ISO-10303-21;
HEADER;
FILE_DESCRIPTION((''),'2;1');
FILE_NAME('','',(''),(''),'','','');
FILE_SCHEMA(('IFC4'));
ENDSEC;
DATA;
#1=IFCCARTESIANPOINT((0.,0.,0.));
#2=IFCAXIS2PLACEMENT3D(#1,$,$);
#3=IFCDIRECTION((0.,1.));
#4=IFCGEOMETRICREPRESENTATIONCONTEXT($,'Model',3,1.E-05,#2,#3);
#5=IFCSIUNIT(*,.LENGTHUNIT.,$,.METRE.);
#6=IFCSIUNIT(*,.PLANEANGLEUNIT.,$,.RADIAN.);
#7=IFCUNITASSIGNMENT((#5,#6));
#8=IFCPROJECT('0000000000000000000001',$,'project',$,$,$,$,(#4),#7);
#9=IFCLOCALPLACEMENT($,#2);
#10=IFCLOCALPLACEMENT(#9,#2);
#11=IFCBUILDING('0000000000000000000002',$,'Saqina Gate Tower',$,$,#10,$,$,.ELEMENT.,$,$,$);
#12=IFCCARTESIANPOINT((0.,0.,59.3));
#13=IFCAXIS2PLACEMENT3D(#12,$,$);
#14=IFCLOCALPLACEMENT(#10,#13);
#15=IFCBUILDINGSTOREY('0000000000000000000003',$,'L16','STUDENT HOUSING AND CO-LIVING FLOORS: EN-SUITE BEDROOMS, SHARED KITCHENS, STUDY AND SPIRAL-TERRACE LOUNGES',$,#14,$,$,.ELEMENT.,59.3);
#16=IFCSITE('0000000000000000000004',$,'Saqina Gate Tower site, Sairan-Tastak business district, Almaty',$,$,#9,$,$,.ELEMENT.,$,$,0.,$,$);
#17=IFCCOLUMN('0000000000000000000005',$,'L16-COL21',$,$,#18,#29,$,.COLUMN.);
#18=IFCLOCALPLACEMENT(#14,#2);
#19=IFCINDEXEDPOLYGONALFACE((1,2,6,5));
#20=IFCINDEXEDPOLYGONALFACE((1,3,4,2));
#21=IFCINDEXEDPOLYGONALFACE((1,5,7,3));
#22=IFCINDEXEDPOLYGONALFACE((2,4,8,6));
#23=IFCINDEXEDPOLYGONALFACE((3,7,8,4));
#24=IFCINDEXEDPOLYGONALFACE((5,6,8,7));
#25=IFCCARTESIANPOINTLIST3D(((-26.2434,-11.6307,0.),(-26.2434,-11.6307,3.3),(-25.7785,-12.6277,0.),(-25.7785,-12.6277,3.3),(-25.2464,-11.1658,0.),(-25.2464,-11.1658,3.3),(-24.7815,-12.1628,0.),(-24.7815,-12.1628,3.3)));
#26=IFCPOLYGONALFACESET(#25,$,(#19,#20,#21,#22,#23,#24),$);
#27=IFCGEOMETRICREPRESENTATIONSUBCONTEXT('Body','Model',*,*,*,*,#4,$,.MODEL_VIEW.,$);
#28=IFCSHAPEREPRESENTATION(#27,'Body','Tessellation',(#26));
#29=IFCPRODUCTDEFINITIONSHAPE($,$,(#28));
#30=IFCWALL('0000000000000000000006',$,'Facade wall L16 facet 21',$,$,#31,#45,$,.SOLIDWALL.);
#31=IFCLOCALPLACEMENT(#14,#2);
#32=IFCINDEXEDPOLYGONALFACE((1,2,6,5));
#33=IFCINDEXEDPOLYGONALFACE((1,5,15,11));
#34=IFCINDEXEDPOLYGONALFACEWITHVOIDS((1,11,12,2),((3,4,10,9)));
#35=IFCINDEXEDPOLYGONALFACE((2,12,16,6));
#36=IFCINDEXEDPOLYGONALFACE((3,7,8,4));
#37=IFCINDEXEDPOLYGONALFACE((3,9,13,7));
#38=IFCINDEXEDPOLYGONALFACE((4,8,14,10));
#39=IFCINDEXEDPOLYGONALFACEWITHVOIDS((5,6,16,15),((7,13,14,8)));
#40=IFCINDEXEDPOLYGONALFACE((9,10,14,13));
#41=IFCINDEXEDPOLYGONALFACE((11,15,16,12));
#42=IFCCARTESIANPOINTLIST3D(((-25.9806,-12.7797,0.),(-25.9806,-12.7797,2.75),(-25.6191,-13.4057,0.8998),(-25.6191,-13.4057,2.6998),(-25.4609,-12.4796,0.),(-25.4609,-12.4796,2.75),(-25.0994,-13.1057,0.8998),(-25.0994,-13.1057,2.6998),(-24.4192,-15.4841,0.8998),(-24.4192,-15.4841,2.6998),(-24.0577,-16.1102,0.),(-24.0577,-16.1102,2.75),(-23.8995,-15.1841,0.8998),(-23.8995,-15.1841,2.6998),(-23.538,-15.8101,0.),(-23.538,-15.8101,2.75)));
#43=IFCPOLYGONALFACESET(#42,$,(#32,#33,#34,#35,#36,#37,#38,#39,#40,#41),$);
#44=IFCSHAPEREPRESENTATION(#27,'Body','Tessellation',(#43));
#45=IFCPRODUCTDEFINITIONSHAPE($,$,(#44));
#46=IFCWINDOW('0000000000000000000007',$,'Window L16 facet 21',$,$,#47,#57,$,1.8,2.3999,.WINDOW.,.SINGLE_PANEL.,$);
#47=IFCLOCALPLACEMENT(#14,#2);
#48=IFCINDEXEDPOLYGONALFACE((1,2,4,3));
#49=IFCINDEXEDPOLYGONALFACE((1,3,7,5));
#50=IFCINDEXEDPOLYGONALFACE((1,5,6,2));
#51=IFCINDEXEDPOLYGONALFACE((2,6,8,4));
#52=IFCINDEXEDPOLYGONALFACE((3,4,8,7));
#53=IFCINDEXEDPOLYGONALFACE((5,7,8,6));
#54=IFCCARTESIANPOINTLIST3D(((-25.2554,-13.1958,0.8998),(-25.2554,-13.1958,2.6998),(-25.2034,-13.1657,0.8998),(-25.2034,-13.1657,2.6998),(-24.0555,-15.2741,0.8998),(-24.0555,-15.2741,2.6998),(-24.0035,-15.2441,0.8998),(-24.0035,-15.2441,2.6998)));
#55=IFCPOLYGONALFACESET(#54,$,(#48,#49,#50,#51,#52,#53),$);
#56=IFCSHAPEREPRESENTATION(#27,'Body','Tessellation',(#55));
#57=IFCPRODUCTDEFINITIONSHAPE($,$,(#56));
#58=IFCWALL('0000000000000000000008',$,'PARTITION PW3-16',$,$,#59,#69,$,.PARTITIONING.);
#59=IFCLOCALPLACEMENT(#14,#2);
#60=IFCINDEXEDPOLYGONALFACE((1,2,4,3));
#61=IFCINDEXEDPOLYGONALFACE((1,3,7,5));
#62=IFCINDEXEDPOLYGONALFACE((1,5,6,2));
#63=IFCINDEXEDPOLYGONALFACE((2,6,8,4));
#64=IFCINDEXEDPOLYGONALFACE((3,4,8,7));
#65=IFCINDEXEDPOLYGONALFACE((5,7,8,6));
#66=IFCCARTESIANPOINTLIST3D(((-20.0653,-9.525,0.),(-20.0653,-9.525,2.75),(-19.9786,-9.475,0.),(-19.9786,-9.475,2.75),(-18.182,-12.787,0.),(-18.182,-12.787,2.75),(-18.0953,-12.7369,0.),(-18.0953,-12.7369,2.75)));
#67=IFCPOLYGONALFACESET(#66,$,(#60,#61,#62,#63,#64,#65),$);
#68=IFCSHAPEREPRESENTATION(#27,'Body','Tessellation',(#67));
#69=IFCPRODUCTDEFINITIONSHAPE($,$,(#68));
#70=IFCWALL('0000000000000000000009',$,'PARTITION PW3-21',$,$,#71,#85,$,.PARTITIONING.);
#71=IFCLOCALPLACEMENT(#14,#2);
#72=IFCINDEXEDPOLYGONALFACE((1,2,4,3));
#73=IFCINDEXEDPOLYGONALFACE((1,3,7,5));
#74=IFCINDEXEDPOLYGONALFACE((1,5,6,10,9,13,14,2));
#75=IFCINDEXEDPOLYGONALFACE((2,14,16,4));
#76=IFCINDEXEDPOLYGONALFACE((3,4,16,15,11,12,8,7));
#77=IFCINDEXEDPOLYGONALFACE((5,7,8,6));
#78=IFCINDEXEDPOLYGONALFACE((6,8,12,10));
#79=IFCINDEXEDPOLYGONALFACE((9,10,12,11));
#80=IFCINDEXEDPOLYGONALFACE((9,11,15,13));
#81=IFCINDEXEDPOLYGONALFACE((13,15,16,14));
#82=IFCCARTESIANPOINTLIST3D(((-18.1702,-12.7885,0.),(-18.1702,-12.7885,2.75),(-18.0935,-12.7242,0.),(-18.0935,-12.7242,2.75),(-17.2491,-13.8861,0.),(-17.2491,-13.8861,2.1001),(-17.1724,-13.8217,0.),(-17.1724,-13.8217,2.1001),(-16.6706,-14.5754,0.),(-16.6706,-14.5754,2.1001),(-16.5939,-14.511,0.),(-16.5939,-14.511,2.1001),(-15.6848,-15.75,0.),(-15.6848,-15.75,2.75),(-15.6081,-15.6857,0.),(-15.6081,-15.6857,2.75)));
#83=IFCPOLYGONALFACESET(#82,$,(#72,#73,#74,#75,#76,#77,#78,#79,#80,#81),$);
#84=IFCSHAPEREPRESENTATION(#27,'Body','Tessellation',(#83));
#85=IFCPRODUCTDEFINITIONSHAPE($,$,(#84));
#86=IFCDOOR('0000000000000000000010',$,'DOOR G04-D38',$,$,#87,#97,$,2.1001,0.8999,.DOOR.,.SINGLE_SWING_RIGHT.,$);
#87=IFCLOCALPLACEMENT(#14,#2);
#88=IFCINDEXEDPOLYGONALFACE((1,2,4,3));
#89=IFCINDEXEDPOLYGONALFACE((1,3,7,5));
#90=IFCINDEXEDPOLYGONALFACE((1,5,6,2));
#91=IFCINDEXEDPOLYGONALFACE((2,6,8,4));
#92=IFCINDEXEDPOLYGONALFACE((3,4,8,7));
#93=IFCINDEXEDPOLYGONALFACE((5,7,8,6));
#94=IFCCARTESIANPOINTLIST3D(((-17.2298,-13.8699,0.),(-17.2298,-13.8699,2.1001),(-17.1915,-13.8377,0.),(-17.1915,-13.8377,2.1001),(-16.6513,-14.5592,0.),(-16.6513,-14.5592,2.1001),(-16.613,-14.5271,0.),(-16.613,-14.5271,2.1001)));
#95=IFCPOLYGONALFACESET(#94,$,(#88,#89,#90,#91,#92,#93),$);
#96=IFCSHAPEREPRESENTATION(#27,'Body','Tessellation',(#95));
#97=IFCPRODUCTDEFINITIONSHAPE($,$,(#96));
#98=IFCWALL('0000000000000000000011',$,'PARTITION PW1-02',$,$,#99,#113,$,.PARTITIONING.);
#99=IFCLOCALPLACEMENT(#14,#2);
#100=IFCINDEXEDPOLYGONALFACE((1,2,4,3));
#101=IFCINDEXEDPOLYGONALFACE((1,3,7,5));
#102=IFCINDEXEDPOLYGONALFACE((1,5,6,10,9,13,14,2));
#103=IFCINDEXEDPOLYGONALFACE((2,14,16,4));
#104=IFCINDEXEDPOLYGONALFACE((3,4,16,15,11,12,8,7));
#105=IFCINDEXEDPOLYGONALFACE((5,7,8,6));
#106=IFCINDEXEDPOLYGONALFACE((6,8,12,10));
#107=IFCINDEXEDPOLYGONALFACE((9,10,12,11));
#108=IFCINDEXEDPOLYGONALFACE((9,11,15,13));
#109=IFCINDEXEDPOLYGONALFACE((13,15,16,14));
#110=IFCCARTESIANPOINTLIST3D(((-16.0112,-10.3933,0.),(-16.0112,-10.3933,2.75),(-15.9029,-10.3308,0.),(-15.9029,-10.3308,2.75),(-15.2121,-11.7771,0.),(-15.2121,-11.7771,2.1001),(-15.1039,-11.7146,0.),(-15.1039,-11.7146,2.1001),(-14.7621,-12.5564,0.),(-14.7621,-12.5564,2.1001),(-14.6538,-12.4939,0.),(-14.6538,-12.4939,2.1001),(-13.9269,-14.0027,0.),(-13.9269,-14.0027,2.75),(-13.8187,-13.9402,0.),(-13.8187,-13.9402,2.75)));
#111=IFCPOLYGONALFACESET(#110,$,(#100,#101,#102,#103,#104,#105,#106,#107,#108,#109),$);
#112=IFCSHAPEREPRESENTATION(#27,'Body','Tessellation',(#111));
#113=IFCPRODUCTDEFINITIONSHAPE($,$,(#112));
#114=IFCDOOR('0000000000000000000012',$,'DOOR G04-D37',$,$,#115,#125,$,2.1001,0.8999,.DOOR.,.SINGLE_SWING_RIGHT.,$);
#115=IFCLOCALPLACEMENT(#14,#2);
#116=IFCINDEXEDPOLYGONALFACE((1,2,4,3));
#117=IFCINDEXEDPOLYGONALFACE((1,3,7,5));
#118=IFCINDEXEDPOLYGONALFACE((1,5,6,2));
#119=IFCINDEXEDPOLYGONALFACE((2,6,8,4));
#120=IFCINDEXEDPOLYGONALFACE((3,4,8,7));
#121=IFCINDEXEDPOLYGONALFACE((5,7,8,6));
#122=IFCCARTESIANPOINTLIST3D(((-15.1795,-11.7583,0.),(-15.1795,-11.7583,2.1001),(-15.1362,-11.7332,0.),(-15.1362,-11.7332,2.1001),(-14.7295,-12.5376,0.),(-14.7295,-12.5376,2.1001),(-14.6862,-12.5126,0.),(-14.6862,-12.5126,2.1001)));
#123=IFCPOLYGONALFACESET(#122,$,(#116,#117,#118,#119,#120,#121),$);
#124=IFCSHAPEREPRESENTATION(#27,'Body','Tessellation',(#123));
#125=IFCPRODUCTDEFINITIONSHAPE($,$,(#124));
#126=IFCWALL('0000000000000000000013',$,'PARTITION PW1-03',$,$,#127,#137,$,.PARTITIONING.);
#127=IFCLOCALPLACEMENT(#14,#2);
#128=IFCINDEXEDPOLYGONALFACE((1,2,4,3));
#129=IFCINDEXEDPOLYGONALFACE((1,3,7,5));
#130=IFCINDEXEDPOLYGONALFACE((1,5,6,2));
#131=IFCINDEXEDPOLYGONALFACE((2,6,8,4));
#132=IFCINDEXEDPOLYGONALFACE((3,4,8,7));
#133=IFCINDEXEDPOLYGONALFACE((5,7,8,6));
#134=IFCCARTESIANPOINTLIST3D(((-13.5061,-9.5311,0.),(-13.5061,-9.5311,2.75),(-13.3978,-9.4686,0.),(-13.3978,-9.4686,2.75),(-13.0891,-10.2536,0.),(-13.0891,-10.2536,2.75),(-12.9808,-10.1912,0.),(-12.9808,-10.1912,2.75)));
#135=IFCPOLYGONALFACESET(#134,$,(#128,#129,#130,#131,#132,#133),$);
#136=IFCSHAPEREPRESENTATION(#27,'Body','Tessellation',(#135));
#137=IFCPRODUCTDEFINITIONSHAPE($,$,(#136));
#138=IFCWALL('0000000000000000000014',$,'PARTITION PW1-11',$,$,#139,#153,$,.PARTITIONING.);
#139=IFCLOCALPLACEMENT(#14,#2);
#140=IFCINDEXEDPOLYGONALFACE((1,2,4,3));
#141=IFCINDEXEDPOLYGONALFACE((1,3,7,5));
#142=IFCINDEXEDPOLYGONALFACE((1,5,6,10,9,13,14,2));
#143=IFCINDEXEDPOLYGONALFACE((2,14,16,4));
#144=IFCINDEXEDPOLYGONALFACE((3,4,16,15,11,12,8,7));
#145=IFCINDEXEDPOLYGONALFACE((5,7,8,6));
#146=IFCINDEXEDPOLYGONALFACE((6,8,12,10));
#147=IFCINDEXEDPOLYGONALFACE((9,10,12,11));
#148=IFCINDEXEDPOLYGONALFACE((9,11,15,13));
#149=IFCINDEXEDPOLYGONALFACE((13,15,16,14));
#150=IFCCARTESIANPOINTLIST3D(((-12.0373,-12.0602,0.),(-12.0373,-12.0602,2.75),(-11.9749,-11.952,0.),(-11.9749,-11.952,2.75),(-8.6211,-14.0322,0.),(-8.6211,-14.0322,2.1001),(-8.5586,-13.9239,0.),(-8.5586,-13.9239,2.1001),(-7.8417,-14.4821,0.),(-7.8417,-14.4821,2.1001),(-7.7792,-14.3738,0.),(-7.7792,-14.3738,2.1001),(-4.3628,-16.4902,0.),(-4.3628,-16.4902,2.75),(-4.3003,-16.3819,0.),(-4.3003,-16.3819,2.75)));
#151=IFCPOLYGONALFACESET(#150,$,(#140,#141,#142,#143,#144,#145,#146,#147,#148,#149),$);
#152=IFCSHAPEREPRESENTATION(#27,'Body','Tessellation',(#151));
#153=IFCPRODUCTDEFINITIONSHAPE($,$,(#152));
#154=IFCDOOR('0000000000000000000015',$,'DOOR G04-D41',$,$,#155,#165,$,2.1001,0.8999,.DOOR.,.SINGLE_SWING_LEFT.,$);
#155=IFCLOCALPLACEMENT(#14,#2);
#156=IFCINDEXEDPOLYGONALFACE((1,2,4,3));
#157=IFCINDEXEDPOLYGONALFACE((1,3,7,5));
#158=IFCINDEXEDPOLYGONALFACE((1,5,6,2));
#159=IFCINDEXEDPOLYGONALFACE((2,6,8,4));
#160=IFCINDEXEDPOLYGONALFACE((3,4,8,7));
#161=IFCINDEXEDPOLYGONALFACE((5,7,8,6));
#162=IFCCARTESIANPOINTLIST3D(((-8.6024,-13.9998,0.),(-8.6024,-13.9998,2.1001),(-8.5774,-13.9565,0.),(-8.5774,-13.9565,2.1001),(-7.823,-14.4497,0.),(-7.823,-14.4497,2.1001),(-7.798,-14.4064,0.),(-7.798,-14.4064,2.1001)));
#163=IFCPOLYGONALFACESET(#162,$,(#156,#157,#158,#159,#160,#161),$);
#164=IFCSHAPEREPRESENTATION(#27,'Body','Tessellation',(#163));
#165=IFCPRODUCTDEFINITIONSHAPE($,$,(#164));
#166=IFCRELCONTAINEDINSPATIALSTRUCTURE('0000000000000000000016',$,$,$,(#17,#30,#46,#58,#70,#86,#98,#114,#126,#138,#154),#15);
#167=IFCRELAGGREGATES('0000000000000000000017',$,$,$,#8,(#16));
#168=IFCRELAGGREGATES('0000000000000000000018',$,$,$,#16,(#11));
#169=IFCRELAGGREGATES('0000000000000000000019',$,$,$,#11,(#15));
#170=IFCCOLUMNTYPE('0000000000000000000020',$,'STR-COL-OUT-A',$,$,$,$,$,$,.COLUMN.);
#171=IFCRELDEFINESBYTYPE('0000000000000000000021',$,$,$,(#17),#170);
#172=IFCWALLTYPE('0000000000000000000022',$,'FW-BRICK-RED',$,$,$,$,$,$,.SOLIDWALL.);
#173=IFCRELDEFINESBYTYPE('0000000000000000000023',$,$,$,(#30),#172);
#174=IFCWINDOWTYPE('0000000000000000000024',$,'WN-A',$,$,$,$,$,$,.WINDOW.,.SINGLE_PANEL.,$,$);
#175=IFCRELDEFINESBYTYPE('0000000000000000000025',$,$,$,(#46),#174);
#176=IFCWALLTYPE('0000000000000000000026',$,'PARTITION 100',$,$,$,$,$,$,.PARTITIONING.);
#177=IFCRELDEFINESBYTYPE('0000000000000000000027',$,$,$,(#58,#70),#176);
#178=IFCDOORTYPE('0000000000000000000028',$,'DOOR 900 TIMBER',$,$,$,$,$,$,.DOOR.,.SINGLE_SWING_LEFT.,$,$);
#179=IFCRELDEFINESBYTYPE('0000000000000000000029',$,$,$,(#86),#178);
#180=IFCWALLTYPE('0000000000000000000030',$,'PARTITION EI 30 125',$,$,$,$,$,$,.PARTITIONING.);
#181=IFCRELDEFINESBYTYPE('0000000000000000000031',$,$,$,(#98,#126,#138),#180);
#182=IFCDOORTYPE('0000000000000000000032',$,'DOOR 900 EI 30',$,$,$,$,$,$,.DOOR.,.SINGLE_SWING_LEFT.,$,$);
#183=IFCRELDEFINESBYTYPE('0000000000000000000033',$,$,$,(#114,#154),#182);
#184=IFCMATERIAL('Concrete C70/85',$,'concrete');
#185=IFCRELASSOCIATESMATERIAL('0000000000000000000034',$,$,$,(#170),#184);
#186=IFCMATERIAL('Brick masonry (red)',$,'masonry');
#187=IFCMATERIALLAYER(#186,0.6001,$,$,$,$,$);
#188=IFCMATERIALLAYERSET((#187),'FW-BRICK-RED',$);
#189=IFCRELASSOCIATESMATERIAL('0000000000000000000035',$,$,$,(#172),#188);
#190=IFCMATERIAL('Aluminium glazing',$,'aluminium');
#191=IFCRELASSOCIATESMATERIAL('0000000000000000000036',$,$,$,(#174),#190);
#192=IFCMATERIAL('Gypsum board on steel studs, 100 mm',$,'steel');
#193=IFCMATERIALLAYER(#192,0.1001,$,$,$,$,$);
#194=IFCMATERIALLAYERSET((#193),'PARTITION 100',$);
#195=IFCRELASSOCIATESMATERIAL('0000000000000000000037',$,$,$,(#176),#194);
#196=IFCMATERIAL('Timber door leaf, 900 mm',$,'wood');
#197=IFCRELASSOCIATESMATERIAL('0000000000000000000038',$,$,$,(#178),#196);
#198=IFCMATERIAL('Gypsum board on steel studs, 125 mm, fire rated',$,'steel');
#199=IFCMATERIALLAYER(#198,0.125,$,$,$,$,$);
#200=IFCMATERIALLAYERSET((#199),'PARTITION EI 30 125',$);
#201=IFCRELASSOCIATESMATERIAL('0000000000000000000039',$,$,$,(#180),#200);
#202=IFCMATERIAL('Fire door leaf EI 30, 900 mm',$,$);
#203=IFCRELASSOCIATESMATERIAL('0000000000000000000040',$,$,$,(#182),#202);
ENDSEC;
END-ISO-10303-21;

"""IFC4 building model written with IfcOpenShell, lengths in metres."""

from ifc_helpers import new_model, si_unit, direction, frame, frame_2d, origin, origin_2d, place, context, subcontext, project, spatial, rectangle, extrude, material, layer, layer_set, material_profile, profile_set, type_object, element, fill, save


model = new_model("IFC4")

# Units and contexts
model_context = context("Model", 3, precision=1e-05, world=origin(), true_north=direction((0.0, 1.0)))
body_context = subcontext(model_context, "Body", "Model", "MODEL_VIEW")
ifc_project = project(units=[si_unit("LENGTHUNIT", "METRE"), si_unit("PLANEANGLEUNIT", "RADIAN")], contexts=[model_context])

# Site, building, storey
site_placement = place(None, origin())
site = spatial("IfcSite", under=ifc_project, at=site_placement, Name="Saqina Gate Tower site, Sairan-Tastak business district, Almaty", CompositionType="ELEMENT", RefElevation=0.0)
building_placement = place(site_placement, origin())
building = spatial("IfcBuilding", under=site, at=building_placement, Name="Saqina Gate Tower", CompositionType="ELEMENT")
storey_placement = place(building_placement, frame((0.0, 0.0, 59.3)))
storey = spatial("IfcBuildingStorey", under=building, at=storey_placement, Name="L16", Description="STUDENT HOUSING AND CO-LIVING FLOORS: EN-SUITE BEDROOMS, SHARED KITCHENS, STUDY AND SPIRAL-TERRACE LOUNGES", CompositionType="ELEMENT", Elevation=59.3)

# Column
ifc_material_1 = material(Name="Concrete C70/85", Category="concrete")
ifc_material_profile = material_profile(ifc_material_1, rectangle(XDim=1.1001, YDim=1.1001, at=origin_2d()), Name="RC 1100x1100")
ifc_profile_set = profile_set([ifc_material_profile], Name="Concrete C70/85")
column_type = type_object("IfcColumnType", Name="STR-COL-OUT-A", PredefinedType="COLUMN", material=ifc_profile_set)
column_placement = place(storey_placement, frame((-25.5125, -11.8967, 0.0), z_axis=(0.0, 0.0, 1.0), x_axis=(-0.906308, -0.422618, 0.0)))
element("IfcColumn", 1, at=column_placement, inside=storey, type_object=column_type, Name="L16-COL21", PredefinedType="COLUMN", context=body_context, shape_type="SweptSolid", body=[
    extrude(rectangle(XDim=1.1001, YDim=1.1001, at=origin_2d()), origin(), (0.0, 0.0, 1.0), 3.3),
])

# Wall, opening, window
ifc_material_2 = material(Name="Brick masonry (red)", Category="masonry")
ifc_layer_1 = layer(ifc_material_2, 0.6001)
ifc_layer_set_1 = layer_set([ifc_layer_1], Name="FW-BRICK-RED")
wall_type_1 = type_object("IfcWallType", Name="FW-BRICK-RED", PredefinedType="SOLIDWALL", material=ifc_layer_set_1)
wall_1_placement = place(storey_placement, frame((-25.7207, -12.6296, 0.0), z_axis=(0.0, 0.0, 1.0), x_axis=(0.49999, -0.866031, 0.0)))
wall_1 = element("IfcWall", 2, at=wall_1_placement, inside=storey, type_object=wall_type_1, Name="Facade wall L16 facet 21", PredefinedType="SOLIDWALL", context=body_context, shape_type="SweptSolid", body=[
    extrude(rectangle(XDim=3.8457, YDim=0.6001, at=frame_2d((1.9229, 0.0))), origin(), (0.0, 0.0, 1.0), 2.75),
])
opening_1_placement = place(wall_1_placement, frame((0.7229, 0.0, 0.8999)))
opening_1 = element("IfcOpeningElement", 3, at=opening_1_placement, cuts=wall_1, PredefinedType="OPENING", context=body_context, shape_type="SweptSolid", body=[
    extrude(rectangle(XDim=2.3999, YDim=1.8, at=frame_2d((1.2, 0.8999))), frame((0.0, 0.312, 0.0), z_axis=(0.0, -1.0, 0.0), x_axis=(1.0, 0.0, 0.0)), (0.0, 0.0, 1.0), 0.624),
])
ifc_material_3 = material(Name="Aluminium glazing", Category="aluminium")
window_type = type_object("IfcWindowType", Name="WN-A", PartitioningType="SINGLE_PANEL", PredefinedType="WINDOW", material=ifc_material_3)
window_placement = place(opening_1_placement, origin())
window = element("IfcWindow", 4, at=window_placement, inside=storey, type_object=window_type, Name="Window L16 facet 21", OverallHeight=1.8, OverallWidth=2.3999, PartitioningType="SINGLE_PANEL", PredefinedType="WINDOW", context=body_context, shape_type="SweptSolid", body=[
    extrude(rectangle(XDim=2.3999, YDim=1.8, at=frame_2d((1.2, 0.8999))), frame((0.0, 0.1799, 0.0), z_axis=(0.0, -1.0, 0.0), x_axis=(1.0, 0.0, 0.0)), (0.0, 0.0, 1.0), 0.0601),
])
fill(opening_1, window)

# Wall
ifc_material_4 = material(Name="Gypsum board on steel studs, 100 mm", Category="steel")
ifc_layer_2 = layer(ifc_material_4, 0.1001)
ifc_layer_set_2 = layer_set([ifc_layer_2], Name="PARTITION 100")
wall_type_2 = type_object("IfcWallType", Name="PARTITION 100", PredefinedType="PARTITIONING", material=ifc_layer_set_2)
wall_2_placement = place(storey_placement, frame((-20.022, -9.5, 0.0), z_axis=(0.0, 0.0, 1.0), x_axis=(0.500001, -0.866025, 0.0)))
element("IfcWall", 5, at=wall_2_placement, inside=storey, type_object=wall_type_2, Name="PARTITION PW3-16", PredefinedType="PARTITIONING", context=body_context, shape_type="SweptSolid", body=[
    extrude(rectangle(XDim=3.7666, YDim=0.1001, at=frame_2d((1.8833, 0.0))), origin(), (0.0, 0.0, 1.0), 2.75),
])

# Walls, openings, doors
wall_3_placement = place(storey_placement, frame((-18.1318, -12.7563, 0.0), z_axis=(0.0, 0.0, 1.0), x_axis=(0.642851, -0.765991, 0.0)))
wall_3 = element("IfcWall", 6, at=wall_3_placement, inside=storey, type_object=wall_type_2, Name="PARTITION PW3-21", PredefinedType="PARTITIONING", context=body_context, shape_type="SweptSolid", body=[
    extrude(rectangle(XDim=3.8662, YDim=0.1001, at=frame_2d((1.9331, 0.0))), origin(), (0.0, 0.0, 1.0), 2.75),
])
opening_2_placement = place(wall_3_placement, frame((1.4329, 0.0, 0.0)))
opening_2 = element("IfcOpeningElement", 7, at=opening_2_placement, cuts=wall_3, PredefinedType="OPENING", context=body_context, shape_type="SweptSolid", body=[
    extrude(rectangle(XDim=0.8999, YDim=2.1001, at=frame_2d((0.45, 1.05))), frame((0.0, 0.062, 0.0), z_axis=(0.0, -1.0, 0.0), x_axis=(1.0, 0.0, 0.0)), (0.0, 0.0, 1.0), 0.124),
])
ifc_material_5 = material(Name="Timber door leaf, 900 mm", Category="wood")
door_type_1 = type_object("IfcDoorType", Name="DOOR 900 TIMBER", OperationType="SINGLE_SWING_LEFT", PredefinedType="DOOR", material=ifc_material_5)
door_1_placement = place(opening_2_placement, frame((0.8999, 0.0, 0.0), z_axis=(0.0, 0.0, 1.0), x_axis=(-1.0, 0.0, 0.0)))
door_1 = element("IfcDoor", 8, at=door_1_placement, inside=storey, type_object=door_type_1, Name="DOOR G04-D38", OperationType="SINGLE_SWING_RIGHT", OverallHeight=2.1001, OverallWidth=0.8999, PredefinedType="DOOR", context=body_context, shape_type="SweptSolid", body=[
    extrude(rectangle(XDim=0.8999, YDim=2.1001, at=frame_2d((0.45, 1.05))), frame((0.0, 0.0249, 0.0), z_axis=(0.0, -1.0, 0.0), x_axis=(1.0, 0.0, 0.0)), (0.0, 0.0, 1.0), 0.05),
])
fill(opening_2, door_1)
ifc_material_6 = material(Name="Gypsum board on steel studs, 125 mm, fire rated", Category="steel")
ifc_layer_3 = layer(ifc_material_6, 0.125)
ifc_layer_set_3 = layer_set([ifc_layer_3], Name="PARTITION EI 30 125")
wall_type_3 = type_object("IfcWallType", Name="PARTITION EI 30 125", PredefinedType="PARTITIONING", material=ifc_layer_set_3)
wall_4_placement = place(storey_placement, frame((-15.957, -10.3621, 0.0), z_axis=(0.0, 0.0, 1.0), x_axis=(0.500064, -0.865989, 0.0)))
wall_4 = element("IfcWall", 9, at=wall_4_placement, inside=storey, type_object=wall_type_3, Name="PARTITION PW1-02", PredefinedType="PARTITIONING", context=body_context, shape_type="SweptSolid", body=[
    extrude(rectangle(XDim=4.168, YDim=0.125, at=frame_2d((2.084, 0.0))), origin(), (0.0, 0.0, 1.0), 2.75),
])
opening_3_placement = place(wall_4_placement, frame((1.5979, 0.0, 0.0)))
opening_3 = element("IfcOpeningElement", 10, at=opening_3_placement, cuts=wall_4, PredefinedType="OPENING", context=body_context, shape_type="SweptSolid", body=[
    extrude(rectangle(XDim=0.8999, YDim=2.1001, at=frame_2d((0.45, 1.05))), frame((0.0, 0.0745, 0.0), z_axis=(0.0, -1.0, 0.0), x_axis=(1.0, 0.0, 0.0)), (0.0, 0.0, 1.0), 0.1489),
])
ifc_material_7 = material(Name="Fire door leaf EI 30, 900 mm")
door_type_2 = type_object("IfcDoorType", Name="DOOR 900 EI 30", OperationType="SINGLE_SWING_LEFT", PredefinedType="DOOR", material=ifc_material_7)
door_2_placement = place(opening_3_placement, frame((0.8999, 0.0, 0.0), z_axis=(0.0, 0.0, 1.0), x_axis=(-1.0, 0.0, 0.0)))
door_2 = element("IfcDoor", 11, at=door_2_placement, inside=storey, type_object=door_type_2, Name="DOOR G04-D37", OperationType="SINGLE_SWING_RIGHT", OverallHeight=2.1001, OverallWidth=0.8999, PredefinedType="DOOR", context=body_context, shape_type="SweptSolid", body=[
    extrude(rectangle(XDim=0.8999, YDim=2.1001, at=frame_2d((0.45, 1.05))), frame((0.0, 0.0249, 0.0), z_axis=(0.0, -1.0, 0.0), x_axis=(1.0, 0.0, 0.0)), (0.0, 0.0, 1.0), 0.05),
])
fill(opening_3, door_2)

# Wall
wall_5_placement = place(storey_placement, frame((-13.4519, -9.5, 0.0), z_axis=(0.0, 0.0, 1.0), x_axis=(0.499917, -0.866073, 0.0)))
element("IfcWall", 12, at=wall_5_placement, inside=storey, type_object=wall_type_3, Name="PARTITION PW1-03", PredefinedType="PARTITIONING", context=body_context, shape_type="SweptSolid", body=[
    extrude(rectangle(XDim=0.8342, YDim=0.125, at=frame_2d((0.417, 0.0))), origin(), (0.0, 0.0, 1.0), 2.75),
])

# Wall, opening, door
wall_6_placement = place(storey_placement, frame((-12.0061, -12.0061, 0.0), z_axis=(0.0, 0.0, 1.0), x_axis=(0.866073, -0.499917, 0.0)))
wall_6 = element("IfcWall", 13, at=wall_6_placement, inside=storey, type_object=wall_type_3, Name="PARTITION PW1-11", PredefinedType="PARTITIONING", context=body_context, shape_type="SweptSolid", body=[
    extrude(rectangle(XDim=8.8613, YDim=0.125, at=frame_2d((4.4307, 0.0))), origin(), (0.0, 0.0, 1.0), 2.75),
])
opening_4_placement = place(wall_6_placement, frame((3.9446, 0.0, 0.0)))
opening_4 = element("IfcOpeningElement", 14, at=opening_4_placement, cuts=wall_6, PredefinedType="OPENING", context=body_context, shape_type="SweptSolid", body=[
    extrude(rectangle(XDim=0.8999, YDim=2.1001, at=frame_2d((0.45, 1.05))), frame((0.0, 0.0745, 0.0), z_axis=(0.0, -1.0, 0.0), x_axis=(1.0, 0.0, 0.0)), (0.0, 0.0, 1.0), 0.1489),
])
door_3_placement = place(opening_4_placement, origin())
door_3 = element("IfcDoor", 15, at=door_3_placement, inside=storey, type_object=door_type_2, Name="DOOR G04-D41", OperationType="SINGLE_SWING_LEFT", OverallHeight=2.1001, OverallWidth=0.8999, PredefinedType="DOOR", context=body_context, shape_type="SweptSolid", body=[
    extrude(rectangle(XDim=0.8999, YDim=2.1001, at=frame_2d((0.45, 1.05))), frame((0.0, 0.0249, 0.0), z_axis=(0.0, -1.0, 0.0), x_axis=(1.0, 0.0, 0.0)), (0.0, 0.0, 1.0), 0.05),
])
fill(opening_4, door_3)

save(model, "model.ifc")
